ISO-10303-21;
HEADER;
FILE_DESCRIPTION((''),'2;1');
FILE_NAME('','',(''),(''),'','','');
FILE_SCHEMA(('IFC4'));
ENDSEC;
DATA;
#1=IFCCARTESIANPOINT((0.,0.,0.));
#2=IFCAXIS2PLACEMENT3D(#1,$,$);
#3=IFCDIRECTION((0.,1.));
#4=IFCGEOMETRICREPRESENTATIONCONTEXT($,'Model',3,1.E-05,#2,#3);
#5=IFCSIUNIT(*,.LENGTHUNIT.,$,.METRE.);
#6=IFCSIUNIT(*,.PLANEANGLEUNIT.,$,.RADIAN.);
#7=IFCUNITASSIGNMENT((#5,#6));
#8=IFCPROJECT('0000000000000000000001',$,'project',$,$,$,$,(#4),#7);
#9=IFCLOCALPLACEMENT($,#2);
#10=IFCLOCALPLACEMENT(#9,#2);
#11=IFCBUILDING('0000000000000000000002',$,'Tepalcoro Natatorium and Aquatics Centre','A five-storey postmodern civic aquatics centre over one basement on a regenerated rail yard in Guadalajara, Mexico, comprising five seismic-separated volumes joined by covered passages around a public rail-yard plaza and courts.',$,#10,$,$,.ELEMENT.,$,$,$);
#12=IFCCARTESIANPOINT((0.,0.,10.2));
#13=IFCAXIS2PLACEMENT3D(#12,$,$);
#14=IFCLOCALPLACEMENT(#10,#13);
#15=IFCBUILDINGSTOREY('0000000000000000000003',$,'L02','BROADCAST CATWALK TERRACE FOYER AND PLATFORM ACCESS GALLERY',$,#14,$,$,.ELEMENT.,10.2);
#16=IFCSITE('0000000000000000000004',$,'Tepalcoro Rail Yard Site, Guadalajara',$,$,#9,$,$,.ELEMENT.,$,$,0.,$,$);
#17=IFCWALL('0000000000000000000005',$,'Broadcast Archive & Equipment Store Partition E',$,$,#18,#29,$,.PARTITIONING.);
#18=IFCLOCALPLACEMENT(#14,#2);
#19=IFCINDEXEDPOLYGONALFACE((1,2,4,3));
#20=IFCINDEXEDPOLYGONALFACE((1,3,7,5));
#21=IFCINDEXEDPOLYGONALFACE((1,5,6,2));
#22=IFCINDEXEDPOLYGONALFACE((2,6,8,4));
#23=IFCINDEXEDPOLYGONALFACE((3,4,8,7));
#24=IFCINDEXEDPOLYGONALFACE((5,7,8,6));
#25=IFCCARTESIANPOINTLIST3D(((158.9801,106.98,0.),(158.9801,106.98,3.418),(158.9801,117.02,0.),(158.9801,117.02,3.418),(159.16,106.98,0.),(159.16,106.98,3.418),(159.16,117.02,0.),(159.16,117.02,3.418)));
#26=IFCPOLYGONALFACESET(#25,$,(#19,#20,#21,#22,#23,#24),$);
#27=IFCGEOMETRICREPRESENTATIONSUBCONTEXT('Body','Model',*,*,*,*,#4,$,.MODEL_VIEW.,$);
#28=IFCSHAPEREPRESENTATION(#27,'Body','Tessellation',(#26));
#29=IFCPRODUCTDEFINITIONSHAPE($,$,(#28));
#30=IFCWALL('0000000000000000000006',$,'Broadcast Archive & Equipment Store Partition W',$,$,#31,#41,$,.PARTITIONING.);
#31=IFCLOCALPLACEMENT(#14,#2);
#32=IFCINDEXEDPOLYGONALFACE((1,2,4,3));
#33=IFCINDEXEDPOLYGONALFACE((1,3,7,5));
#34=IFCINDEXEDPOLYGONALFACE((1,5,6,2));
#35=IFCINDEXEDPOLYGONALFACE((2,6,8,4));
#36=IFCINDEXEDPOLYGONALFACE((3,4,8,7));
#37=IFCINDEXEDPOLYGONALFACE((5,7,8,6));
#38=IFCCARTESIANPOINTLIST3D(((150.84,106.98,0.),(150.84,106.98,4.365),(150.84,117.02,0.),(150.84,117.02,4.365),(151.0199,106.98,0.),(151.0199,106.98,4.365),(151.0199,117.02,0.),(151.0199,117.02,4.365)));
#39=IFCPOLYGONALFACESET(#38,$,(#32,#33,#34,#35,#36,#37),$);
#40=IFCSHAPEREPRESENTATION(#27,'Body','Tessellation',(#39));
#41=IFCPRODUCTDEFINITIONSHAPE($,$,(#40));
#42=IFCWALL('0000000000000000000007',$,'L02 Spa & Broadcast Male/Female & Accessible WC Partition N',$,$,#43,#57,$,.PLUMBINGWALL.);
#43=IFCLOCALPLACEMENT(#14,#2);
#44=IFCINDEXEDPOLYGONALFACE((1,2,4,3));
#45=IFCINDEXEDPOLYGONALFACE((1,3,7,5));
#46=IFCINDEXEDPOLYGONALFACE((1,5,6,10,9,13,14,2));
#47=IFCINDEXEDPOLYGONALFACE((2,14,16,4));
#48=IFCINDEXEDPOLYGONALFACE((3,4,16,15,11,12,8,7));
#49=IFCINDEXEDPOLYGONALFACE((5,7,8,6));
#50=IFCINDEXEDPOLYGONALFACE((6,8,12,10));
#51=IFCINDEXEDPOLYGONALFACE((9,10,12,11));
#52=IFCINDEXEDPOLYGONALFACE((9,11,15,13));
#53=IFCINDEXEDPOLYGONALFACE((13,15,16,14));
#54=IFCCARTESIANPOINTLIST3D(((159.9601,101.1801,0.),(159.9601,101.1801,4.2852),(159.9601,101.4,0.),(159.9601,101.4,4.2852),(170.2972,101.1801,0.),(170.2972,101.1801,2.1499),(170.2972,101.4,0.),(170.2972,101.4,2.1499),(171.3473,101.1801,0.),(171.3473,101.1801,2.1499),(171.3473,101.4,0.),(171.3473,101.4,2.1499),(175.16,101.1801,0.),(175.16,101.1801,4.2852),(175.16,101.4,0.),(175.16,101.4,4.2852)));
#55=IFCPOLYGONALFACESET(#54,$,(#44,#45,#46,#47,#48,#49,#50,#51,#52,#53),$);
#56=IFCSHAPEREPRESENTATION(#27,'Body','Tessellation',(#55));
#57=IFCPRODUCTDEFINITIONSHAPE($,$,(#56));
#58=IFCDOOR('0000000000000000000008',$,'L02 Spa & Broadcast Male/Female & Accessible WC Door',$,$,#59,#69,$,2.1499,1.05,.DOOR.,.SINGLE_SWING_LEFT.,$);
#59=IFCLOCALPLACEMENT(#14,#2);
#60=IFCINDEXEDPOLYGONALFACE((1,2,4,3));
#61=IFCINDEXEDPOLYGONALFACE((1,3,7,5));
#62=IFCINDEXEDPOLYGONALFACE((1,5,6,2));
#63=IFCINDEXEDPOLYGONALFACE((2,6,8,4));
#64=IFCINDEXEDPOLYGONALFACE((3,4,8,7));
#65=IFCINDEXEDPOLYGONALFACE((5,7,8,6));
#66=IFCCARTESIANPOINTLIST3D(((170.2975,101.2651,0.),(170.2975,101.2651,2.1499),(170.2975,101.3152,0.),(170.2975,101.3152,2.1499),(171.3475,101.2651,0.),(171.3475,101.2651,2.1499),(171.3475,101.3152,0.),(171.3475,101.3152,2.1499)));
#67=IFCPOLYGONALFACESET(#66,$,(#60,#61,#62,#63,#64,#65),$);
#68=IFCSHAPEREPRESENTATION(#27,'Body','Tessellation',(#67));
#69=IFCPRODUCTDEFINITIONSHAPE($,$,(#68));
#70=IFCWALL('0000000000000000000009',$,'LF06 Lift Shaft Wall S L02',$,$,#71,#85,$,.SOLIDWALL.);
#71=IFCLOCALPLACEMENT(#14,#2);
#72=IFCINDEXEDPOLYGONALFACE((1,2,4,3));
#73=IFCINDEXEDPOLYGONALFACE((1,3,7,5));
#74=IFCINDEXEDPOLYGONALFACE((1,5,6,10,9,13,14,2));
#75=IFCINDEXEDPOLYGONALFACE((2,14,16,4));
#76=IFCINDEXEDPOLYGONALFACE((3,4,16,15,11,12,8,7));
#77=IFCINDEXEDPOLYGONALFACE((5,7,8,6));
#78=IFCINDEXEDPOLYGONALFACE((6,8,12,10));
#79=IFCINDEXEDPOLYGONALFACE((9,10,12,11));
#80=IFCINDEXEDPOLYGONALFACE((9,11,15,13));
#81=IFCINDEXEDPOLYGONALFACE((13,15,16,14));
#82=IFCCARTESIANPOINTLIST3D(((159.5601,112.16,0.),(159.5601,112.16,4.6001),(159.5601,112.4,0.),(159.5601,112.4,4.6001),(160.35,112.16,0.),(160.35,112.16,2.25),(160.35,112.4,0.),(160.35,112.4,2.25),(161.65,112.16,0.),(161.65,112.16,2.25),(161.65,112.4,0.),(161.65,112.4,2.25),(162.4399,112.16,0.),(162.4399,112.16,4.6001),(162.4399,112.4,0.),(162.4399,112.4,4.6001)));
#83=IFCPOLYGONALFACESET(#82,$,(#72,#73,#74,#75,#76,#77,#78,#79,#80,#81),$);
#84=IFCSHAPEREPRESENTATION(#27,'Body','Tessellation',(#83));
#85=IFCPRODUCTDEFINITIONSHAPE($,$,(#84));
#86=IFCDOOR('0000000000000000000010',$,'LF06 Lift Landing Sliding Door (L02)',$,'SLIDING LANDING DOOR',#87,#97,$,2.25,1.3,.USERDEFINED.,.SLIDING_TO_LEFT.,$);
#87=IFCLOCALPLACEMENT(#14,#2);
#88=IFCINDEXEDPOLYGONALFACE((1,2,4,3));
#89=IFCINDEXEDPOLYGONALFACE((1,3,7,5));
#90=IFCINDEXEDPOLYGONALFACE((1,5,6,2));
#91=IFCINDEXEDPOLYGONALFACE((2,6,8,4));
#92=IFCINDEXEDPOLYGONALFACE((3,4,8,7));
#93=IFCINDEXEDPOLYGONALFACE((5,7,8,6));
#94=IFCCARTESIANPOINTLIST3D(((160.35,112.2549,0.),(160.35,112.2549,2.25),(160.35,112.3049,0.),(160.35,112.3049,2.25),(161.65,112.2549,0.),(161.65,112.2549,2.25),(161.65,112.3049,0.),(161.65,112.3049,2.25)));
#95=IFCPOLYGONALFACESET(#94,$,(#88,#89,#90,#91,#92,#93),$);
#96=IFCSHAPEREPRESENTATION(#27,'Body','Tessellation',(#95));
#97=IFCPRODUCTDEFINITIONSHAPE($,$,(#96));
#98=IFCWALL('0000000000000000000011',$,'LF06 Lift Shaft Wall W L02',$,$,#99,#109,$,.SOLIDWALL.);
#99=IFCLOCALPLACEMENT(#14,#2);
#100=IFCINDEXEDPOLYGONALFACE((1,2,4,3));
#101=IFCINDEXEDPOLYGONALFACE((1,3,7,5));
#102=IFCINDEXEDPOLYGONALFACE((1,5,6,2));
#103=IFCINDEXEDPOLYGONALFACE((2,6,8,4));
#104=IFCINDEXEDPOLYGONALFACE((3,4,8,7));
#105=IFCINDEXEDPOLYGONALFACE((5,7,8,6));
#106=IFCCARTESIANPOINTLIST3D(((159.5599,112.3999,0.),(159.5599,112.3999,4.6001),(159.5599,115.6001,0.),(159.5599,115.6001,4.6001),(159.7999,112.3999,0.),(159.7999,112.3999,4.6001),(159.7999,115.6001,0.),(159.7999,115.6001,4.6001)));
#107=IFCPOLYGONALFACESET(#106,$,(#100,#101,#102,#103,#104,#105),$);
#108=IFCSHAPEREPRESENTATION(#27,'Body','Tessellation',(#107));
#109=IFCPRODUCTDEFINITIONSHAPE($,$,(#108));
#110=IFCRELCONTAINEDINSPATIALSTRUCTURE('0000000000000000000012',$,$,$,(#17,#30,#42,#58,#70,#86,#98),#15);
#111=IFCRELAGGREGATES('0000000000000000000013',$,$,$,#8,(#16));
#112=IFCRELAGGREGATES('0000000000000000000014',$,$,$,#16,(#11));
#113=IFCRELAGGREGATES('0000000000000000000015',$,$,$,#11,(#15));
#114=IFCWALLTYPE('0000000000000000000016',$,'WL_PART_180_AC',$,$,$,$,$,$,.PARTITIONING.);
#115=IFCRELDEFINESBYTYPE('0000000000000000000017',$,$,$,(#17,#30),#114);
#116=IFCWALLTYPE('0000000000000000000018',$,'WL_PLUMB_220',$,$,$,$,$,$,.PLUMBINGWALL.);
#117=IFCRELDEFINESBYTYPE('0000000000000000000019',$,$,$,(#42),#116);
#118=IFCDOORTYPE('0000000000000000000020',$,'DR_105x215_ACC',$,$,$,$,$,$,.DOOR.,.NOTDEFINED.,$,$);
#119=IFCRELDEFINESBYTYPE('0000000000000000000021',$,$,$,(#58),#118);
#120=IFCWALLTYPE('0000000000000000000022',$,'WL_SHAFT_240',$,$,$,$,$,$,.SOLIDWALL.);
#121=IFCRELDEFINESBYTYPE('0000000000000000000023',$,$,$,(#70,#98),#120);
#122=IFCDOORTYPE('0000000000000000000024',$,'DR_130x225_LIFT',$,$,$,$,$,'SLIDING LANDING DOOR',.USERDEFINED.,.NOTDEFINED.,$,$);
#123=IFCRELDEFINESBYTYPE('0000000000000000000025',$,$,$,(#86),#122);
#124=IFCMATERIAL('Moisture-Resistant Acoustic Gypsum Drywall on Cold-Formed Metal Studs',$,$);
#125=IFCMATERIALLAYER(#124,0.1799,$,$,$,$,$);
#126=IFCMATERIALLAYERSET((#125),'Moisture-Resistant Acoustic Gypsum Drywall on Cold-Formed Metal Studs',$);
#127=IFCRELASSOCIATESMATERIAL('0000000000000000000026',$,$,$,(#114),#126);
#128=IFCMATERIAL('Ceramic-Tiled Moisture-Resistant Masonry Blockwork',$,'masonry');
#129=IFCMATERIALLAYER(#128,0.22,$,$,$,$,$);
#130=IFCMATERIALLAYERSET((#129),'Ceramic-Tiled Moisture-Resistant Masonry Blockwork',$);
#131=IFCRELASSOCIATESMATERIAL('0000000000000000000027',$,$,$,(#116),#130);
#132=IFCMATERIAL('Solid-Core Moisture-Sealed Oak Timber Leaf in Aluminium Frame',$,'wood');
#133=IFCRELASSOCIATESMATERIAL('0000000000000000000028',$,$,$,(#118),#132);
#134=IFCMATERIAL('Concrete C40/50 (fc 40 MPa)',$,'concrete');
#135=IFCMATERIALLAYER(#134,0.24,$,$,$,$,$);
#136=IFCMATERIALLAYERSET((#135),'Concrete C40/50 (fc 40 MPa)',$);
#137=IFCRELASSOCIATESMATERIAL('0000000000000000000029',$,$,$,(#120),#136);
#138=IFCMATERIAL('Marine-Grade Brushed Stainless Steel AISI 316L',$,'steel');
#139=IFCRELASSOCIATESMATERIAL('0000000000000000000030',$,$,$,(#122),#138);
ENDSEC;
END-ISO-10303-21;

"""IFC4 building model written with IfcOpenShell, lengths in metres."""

from ifc_helpers import new_model, si_unit, direction, frame, frame_2d, origin, place, context, subcontext, project, spatial, rectangle, extrude, material, layer, layer_set, type_object, element, fill, save


model = new_model("IFC4")

# Units and contexts
model_context = context("Model", 3, precision=1e-05, world=origin(), true_north=direction((0.0, 1.0)))
body_context = subcontext(model_context, "Body", "Model", "MODEL_VIEW")
ifc_project = project(units=[si_unit("LENGTHUNIT", "METRE"), si_unit("PLANEANGLEUNIT", "RADIAN")], contexts=[model_context])

# Site, building, storey
site_placement = place(None, origin())
site = spatial("IfcSite", under=ifc_project, at=site_placement, Name="Tepalcoro Rail Yard Site, Guadalajara", CompositionType="ELEMENT", RefElevation=0.0)
building_placement = place(site_placement, origin())
building = spatial("IfcBuilding", under=site, at=building_placement, Name="Tepalcoro Natatorium and Aquatics Centre", Description="A five-storey postmodern civic aquatics centre over one basement on a regenerated rail yard in Guadalajara, Mexico, comprising five seismic-separated volumes joined by covered passages around a public rail-yard plaza and courts.", CompositionType="ELEMENT")
storey_placement = place(building_placement, frame((0.0, 0.0, 10.2)))
storey = spatial("IfcBuildingStorey", under=building, at=storey_placement, Name="L02", Description="BROADCAST CATWALK TERRACE FOYER AND PLATFORM ACCESS GALLERY", CompositionType="ELEMENT", Elevation=10.2)

# Shared definitions
ifc_material_1 = material(Name="Concrete C40/50 (fc 40 MPa)", Category="concrete")

# Walls
ifc_material_2 = material(Name="Moisture-Resistant Acoustic Gypsum Drywall on Cold-Formed Metal Studs")
ifc_layer_1 = layer(ifc_material_2, 0.1799)
ifc_layer_set_1 = layer_set([ifc_layer_1], Name="Moisture-Resistant Acoustic Gypsum Drywall on Cold-Formed Metal Studs")
wall_type_1 = type_object("IfcWallType", Name="WL_PART_180_AC", PredefinedType="PARTITIONING", material=ifc_layer_set_1)
wall_1_placement = place(storey_placement, frame((159.0701, 106.98, 0.0), z_axis=(0.0, 0.0, 1.0), x_axis=(0.0, 1.0, 0.0)))
element("IfcWall", 1, at=wall_1_placement, inside=storey, type_object=wall_type_1, Name="Broadcast Archive & Equipment Store Partition E", PredefinedType="PARTITIONING", context=body_context, shape_type="SweptSolid", body=[
    extrude(rectangle(XDim=10.04, YDim=0.1799, at=frame_2d((5.02, 0.0))), origin(), (0.0, 0.0, 1.0), 3.418),
])
wall_2_placement = place(storey_placement, frame((150.9299, 106.98, 0.0), z_axis=(0.0, 0.0, 1.0), x_axis=(0.0, 1.0, 0.0)))
element("IfcWall", 2, at=wall_2_placement, inside=storey, type_object=wall_type_1, Name="Broadcast Archive & Equipment Store Partition W", PredefinedType="PARTITIONING", context=body_context, shape_type="SweptSolid", body=[
    extrude(rectangle(XDim=10.04, YDim=0.1799, at=frame_2d((5.02, 0.0))), origin(), (0.0, 0.0, 1.0), 4.365),
])

# Walls, openings, doors
ifc_material_3 = material(Name="Ceramic-Tiled Moisture-Resistant Masonry Blockwork", Category="masonry")
ifc_layer_2 = layer(ifc_material_3, 0.22)
ifc_layer_set_2 = layer_set([ifc_layer_2], Name="Ceramic-Tiled Moisture-Resistant Masonry Blockwork")
wall_type_2 = type_object("IfcWallType", Name="WL_PLUMB_220", PredefinedType="PLUMBINGWALL", material=ifc_layer_set_2)
wall_3_placement = place(storey_placement, frame((159.96, 101.29, 0.0), z_axis=(0.0, 0.0, 1.0), x_axis=(1.0, 0.0, 0.0)))
wall_3 = element("IfcWall", 3, at=wall_3_placement, inside=storey, type_object=wall_type_2, Name="L02 Spa & Broadcast Male/Female & Accessible WC Partition N", PredefinedType="PLUMBINGWALL", context=body_context, shape_type="SweptSolid", body=[
    extrude(rectangle(XDim=15.2, YDim=0.22, at=frame_2d((7.6001, 0.0))), origin(), (0.0, 0.0, 1.0), 4.2852),
])
opening_1_placement = place(wall_3_placement, frame((10.3374, 0.0, 0.0)))
opening_1 = element("IfcOpeningElement", 4, at=opening_1_placement, cuts=wall_3, PredefinedType="OPENING", context=body_context, shape_type="SweptSolid", body=[
    extrude(rectangle(XDim=1.05, YDim=2.1499, at=frame_2d((0.5249, 1.075))), frame((0.0, 0.1221, 0.0), z_axis=(0.0, -1.0, 0.0), x_axis=(1.0, 0.0, 0.0)), (0.0, 0.0, 1.0), 0.2439),
])
ifc_material_4 = material(Name="Solid-Core Moisture-Sealed Oak Timber Leaf in Aluminium Frame", Category="wood")
door_type_1 = type_object("IfcDoorType", Name="DR_105x215_ACC", OperationType="NOTDEFINED", PredefinedType="DOOR", material=ifc_material_4)
door_1_placement = place(opening_1_placement, frame((1.05, 0.0, 0.0), z_axis=(0.0, 0.0, 1.0), x_axis=(-1.0, 0.0, 0.0)))
door_1 = element("IfcDoor", 5, at=door_1_placement, inside=storey, type_object=door_type_1, Name="L02 Spa & Broadcast Male/Female & Accessible WC Door", OperationType="SINGLE_SWING_LEFT", OverallHeight=2.1499, OverallWidth=1.05, PredefinedType="DOOR", context=body_context, shape_type="SweptSolid", body=[
    extrude(rectangle(XDim=1.05, YDim=2.1499, at=frame_2d((0.5249, 1.075))), frame((0.0, 0.0249, 0.0), z_axis=(0.0, -1.0, 0.0), x_axis=(1.0, 0.0, 0.0)), (0.0, 0.0, 1.0), 0.05),
])
fill(opening_1, door_1)
ifc_layer_3 = layer(ifc_material_1, 0.24)
ifc_layer_set_3 = layer_set([ifc_layer_3], Name="Concrete C40/50 (fc 40 MPa)")
wall_type_3 = type_object("IfcWallType", Name="WL_SHAFT_240", PredefinedType="SOLIDWALL", material=ifc_layer_set_3)
wall_4_placement = place(storey_placement, frame((159.5601, 112.28, 0.0), z_axis=(0.0, 0.0, 1.0), x_axis=(1.0, 0.0, 0.0)))
wall_4 = element("IfcWall", 6, at=wall_4_placement, inside=storey, type_object=wall_type_3, Name="LF06 Lift Shaft Wall S L02", PredefinedType="SOLIDWALL", context=body_context, shape_type="SweptSolid", body=[
    extrude(rectangle(XDim=2.8799, YDim=0.24, at=frame_2d((1.4399, 0.0))), origin(), (0.0, 0.0, 1.0), 4.6001),
])
opening_2_placement = place(wall_4_placement, frame((0.79, 0.0, 0.0)))
opening_2 = element("IfcOpeningElement", 7, at=opening_2_placement, cuts=wall_4, PredefinedType="OPENING", context=body_context, shape_type="SweptSolid", body=[
    extrude(rectangle(XDim=1.3, YDim=2.25, at=frame_2d((0.6499, 1.125))), frame((0.0, 0.1318, 0.0), z_axis=(0.0, -1.0, 0.0), x_axis=(1.0, 0.0, 0.0)), (0.0, 0.0, 1.0), 0.2639),
])
ifc_material_5 = material(Name="Marine-Grade Brushed Stainless Steel AISI 316L", Category="steel")
door_type_2 = type_object("IfcDoorType", Name="DR_130x225_LIFT", ElementType="SLIDING LANDING DOOR", OperationType="NOTDEFINED", PredefinedType="USERDEFINED", material=ifc_material_5)
door_2_placement = place(opening_2_placement, origin())
door_2 = element("IfcDoor", 8, at=door_2_placement, inside=storey, type_object=door_type_2, Name="LF06 Lift Landing Sliding Door (L02)", ObjectType="SLIDING LANDING DOOR", OperationType="SLIDING_TO_LEFT", OverallHeight=2.25, OverallWidth=1.3, PredefinedType="USERDEFINED", context=body_context, shape_type="SweptSolid", body=[
    extrude(rectangle(XDim=1.3, YDim=2.25, at=frame_2d((0.6499, 1.125))), frame((0.0, 0.0249, 0.0), z_axis=(0.0, -1.0, 0.0), x_axis=(1.0, 0.0, 0.0)), (0.0, 0.0, 1.0), 0.05),
])
fill(opening_2, door_2)

# Wall
wall_5_placement = place(storey_placement, frame((159.6799, 112.3999, 0.0), z_axis=(0.0, 0.0, 1.0), x_axis=(0.0, 1.0, 0.0)))
element("IfcWall", 9, at=wall_5_placement, inside=storey, type_object=wall_type_3, Name="LF06 Lift Shaft Wall W L02", PredefinedType="SOLIDWALL", context=body_context, shape_type="SweptSolid", body=[
    extrude(rectangle(XDim=3.2002, YDim=0.24, at=frame_2d((1.6001, 0.0))), origin(), (0.0, 0.0, 1.0), 4.6001),
])

save(model, "model.ifc")
